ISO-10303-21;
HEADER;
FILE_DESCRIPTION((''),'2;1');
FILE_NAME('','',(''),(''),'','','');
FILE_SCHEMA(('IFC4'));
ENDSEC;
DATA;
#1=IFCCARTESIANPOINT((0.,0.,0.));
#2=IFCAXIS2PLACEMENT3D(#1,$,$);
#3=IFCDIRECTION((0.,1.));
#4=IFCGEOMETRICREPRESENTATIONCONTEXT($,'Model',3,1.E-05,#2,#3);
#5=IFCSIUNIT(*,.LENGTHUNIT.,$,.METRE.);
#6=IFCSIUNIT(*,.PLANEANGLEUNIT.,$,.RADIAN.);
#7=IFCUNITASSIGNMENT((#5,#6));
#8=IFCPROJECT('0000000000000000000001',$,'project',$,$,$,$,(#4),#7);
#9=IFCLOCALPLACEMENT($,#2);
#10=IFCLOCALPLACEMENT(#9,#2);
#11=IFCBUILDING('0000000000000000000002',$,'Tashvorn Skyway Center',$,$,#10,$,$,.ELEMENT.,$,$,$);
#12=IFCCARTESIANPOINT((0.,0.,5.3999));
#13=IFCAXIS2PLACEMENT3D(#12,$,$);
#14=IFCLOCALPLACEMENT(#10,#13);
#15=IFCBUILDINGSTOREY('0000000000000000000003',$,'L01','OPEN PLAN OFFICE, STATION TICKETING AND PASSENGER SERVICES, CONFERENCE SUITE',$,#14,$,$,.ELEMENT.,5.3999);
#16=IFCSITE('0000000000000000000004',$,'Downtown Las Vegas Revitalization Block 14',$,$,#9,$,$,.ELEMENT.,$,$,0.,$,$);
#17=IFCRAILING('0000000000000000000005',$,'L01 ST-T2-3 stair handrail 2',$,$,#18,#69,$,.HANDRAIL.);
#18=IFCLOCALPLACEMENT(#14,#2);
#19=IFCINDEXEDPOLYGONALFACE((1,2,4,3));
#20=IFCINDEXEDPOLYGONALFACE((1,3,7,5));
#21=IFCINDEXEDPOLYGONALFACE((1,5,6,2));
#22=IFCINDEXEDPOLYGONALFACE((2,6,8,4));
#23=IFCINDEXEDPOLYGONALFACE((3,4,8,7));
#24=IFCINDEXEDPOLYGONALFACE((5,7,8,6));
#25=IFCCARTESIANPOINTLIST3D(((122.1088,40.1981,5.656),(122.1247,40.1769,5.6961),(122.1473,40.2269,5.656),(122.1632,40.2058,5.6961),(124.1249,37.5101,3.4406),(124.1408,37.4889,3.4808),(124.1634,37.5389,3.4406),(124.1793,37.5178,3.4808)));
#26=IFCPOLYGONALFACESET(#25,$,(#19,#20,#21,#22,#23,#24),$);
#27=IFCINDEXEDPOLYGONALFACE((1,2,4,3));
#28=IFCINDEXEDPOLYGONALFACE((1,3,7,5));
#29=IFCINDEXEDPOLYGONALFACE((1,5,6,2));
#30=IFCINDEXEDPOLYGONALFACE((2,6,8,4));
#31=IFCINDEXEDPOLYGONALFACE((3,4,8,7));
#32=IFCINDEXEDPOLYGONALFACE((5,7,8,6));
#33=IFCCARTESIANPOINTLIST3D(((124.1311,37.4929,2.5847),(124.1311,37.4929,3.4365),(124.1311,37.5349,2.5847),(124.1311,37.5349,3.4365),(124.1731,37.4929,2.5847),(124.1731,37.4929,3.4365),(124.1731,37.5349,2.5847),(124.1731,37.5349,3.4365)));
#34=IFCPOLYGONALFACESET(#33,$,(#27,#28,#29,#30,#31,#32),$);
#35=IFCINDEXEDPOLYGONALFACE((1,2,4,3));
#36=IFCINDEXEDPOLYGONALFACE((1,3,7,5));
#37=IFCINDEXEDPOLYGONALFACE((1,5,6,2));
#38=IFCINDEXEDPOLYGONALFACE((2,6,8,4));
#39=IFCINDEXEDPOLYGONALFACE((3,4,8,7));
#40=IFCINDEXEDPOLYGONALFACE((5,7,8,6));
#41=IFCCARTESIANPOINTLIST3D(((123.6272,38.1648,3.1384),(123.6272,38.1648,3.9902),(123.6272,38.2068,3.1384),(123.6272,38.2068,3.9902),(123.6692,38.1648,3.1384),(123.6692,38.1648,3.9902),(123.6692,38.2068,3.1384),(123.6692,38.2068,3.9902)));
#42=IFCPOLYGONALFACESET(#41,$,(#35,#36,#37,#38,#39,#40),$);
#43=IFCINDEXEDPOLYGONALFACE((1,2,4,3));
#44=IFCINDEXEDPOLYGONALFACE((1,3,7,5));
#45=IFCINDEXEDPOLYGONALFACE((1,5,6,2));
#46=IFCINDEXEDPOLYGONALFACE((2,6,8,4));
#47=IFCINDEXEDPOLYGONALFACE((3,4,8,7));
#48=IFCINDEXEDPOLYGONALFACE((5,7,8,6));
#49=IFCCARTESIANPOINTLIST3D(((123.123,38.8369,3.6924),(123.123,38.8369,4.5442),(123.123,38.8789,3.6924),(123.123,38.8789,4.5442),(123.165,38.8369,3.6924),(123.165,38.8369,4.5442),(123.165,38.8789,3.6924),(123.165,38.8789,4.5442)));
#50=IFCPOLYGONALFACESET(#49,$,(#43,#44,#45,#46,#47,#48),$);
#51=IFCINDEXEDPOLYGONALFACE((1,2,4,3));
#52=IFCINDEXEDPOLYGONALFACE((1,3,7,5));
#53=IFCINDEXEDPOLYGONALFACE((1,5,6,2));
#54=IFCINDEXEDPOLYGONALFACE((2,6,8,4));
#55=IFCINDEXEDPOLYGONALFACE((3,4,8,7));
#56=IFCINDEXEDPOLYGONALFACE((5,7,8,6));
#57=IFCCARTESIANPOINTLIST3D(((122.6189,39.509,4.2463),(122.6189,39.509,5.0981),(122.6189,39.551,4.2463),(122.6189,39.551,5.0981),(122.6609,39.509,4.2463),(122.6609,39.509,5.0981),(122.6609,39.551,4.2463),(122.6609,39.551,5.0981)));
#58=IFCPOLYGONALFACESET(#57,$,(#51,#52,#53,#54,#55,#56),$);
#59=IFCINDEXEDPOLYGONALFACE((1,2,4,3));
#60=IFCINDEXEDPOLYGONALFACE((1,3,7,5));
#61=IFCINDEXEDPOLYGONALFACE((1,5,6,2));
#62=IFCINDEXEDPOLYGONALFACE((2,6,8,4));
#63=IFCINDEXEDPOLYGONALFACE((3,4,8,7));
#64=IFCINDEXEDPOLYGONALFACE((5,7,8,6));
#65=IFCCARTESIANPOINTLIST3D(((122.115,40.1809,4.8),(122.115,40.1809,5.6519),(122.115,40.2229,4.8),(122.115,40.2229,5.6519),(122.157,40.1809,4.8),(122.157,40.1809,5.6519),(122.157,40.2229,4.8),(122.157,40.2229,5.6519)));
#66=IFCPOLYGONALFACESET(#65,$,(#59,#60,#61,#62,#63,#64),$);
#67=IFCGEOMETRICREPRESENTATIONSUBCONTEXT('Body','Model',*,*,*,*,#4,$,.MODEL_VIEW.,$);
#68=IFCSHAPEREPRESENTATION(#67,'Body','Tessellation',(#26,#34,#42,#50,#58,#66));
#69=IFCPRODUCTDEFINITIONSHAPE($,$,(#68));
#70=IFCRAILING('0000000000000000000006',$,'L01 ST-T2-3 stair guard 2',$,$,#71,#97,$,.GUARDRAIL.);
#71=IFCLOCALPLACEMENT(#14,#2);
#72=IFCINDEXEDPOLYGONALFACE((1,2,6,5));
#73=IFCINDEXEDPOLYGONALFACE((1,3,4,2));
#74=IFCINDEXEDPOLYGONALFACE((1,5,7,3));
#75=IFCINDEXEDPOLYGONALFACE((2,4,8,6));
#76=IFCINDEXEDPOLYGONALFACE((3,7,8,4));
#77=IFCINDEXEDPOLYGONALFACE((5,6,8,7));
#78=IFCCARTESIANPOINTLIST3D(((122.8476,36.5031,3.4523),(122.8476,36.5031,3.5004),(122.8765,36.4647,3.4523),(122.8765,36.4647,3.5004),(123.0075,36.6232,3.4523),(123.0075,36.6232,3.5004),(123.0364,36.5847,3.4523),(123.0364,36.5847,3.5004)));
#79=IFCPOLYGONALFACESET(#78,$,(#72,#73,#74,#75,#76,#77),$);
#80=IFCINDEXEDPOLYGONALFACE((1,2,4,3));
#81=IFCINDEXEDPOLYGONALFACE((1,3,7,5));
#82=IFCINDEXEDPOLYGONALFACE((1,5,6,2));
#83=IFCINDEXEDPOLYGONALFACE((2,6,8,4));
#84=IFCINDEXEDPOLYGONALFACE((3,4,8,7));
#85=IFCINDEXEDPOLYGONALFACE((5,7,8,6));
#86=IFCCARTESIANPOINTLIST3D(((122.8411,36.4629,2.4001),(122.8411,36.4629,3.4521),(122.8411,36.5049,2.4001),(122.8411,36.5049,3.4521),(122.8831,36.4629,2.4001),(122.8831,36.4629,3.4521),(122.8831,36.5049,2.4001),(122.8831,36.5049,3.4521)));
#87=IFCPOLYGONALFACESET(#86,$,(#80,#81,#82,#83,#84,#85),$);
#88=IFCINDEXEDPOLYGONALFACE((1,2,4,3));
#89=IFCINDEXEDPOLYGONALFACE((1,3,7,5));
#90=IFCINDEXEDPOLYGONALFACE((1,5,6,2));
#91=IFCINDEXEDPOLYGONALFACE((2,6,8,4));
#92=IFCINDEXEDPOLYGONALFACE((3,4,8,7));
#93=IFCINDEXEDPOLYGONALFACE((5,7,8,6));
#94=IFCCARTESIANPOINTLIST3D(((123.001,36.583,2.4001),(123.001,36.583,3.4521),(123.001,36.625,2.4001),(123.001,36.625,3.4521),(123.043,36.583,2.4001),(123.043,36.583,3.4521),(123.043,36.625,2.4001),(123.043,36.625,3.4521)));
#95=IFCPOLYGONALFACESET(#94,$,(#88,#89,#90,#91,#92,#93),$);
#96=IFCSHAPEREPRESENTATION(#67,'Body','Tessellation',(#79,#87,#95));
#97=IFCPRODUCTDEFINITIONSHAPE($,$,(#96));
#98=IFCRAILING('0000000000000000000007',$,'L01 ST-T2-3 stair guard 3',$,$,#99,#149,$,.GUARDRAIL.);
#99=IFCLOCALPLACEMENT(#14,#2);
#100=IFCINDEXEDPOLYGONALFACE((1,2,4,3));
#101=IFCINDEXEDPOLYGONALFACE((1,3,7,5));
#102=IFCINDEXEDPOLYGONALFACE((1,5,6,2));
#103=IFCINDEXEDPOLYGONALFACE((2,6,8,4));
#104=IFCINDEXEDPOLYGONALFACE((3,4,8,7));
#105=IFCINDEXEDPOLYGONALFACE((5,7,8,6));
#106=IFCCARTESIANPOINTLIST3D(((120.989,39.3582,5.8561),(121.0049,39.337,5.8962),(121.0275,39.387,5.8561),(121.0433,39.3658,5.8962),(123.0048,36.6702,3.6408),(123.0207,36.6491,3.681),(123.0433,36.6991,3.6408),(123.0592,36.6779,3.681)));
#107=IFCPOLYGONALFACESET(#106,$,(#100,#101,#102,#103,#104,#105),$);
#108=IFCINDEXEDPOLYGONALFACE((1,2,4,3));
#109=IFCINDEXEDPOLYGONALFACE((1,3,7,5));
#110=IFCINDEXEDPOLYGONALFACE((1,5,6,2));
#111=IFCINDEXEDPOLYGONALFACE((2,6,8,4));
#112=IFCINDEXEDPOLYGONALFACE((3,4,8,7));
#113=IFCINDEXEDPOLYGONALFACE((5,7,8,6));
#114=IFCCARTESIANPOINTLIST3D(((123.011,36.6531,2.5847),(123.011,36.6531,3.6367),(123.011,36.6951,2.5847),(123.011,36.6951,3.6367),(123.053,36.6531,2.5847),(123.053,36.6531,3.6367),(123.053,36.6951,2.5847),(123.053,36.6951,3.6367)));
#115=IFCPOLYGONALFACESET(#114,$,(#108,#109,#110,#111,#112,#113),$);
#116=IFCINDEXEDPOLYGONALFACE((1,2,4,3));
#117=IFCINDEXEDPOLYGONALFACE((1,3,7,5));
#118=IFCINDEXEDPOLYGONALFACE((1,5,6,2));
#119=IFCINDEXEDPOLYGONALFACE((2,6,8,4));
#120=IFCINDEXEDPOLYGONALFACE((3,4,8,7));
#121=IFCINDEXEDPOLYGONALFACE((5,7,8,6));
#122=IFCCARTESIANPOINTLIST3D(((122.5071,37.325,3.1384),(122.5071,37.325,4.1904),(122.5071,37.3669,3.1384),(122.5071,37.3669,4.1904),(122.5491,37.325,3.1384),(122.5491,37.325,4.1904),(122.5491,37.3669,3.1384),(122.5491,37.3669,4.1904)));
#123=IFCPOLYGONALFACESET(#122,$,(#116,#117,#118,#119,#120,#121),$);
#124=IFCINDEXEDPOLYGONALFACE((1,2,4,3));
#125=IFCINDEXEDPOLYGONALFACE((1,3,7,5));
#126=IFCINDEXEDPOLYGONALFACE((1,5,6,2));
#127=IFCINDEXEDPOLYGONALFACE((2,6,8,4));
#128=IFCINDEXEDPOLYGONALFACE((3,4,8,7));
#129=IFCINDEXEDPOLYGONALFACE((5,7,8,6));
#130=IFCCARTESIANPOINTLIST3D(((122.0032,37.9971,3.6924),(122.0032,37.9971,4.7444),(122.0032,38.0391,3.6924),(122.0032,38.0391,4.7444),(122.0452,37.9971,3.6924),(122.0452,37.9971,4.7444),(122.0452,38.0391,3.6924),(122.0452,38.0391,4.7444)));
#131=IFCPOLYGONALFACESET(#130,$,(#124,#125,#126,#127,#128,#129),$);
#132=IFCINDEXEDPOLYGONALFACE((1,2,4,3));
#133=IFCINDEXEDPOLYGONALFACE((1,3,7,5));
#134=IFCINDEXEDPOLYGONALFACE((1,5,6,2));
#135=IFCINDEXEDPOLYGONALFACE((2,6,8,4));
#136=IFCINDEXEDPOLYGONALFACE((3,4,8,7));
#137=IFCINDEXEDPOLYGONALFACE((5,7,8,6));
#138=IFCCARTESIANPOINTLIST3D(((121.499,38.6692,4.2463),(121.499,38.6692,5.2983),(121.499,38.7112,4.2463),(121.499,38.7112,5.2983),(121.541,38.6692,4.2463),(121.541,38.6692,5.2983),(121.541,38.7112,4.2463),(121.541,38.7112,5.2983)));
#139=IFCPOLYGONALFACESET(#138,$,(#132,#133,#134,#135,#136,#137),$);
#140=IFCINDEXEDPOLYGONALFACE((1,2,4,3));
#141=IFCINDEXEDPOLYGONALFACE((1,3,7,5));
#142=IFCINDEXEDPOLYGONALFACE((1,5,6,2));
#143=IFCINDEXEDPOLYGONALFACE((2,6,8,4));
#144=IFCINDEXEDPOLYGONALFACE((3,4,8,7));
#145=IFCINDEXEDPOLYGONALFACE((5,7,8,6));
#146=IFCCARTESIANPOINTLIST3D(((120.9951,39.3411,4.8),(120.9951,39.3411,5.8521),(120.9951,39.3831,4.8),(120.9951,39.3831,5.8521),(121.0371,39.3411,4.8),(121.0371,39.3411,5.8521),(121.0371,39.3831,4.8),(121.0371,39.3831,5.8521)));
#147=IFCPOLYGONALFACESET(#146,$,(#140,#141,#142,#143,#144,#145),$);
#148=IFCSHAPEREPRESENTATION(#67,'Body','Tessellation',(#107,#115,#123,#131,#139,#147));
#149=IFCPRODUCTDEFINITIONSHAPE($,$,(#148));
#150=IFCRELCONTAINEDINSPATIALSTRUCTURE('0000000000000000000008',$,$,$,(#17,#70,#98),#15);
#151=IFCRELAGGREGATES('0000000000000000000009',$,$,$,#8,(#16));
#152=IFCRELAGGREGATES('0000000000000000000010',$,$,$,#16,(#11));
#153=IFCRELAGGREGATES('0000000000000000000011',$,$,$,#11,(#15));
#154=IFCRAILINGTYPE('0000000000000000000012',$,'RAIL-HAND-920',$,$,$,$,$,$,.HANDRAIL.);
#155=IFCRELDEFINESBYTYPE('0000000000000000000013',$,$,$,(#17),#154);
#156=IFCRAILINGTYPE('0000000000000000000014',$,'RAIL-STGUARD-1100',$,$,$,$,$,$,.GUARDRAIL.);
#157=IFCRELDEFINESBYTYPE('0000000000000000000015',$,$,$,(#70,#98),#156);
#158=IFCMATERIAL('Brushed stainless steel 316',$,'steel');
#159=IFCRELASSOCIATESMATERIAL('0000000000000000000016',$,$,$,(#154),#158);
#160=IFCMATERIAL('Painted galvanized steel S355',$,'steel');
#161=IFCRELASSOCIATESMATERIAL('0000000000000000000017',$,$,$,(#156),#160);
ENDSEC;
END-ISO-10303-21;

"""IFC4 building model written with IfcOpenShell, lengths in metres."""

from ifc_helpers import new_model, si_unit, direction, frame, origin, origin_2d, place, context, subcontext, project, spatial, rectangle, extrude, material, type_object, element, save


model = new_model("IFC4")

# Units and contexts
model_context = context("Model", 3, precision=1e-05, world=origin(), true_north=direction((0.0, 1.0)))
body_context = subcontext(model_context, "Body", "Model", "MODEL_VIEW")
ifc_project = project(units=[si_unit("LENGTHUNIT", "METRE"), si_unit("PLANEANGLEUNIT", "RADIAN")], contexts=[model_context])

# Site, building, storey
site_placement = place(None, origin())
site = spatial("IfcSite", under=ifc_project, at=site_placement, Name="Downtown Las Vegas Revitalization Block 14", CompositionType="ELEMENT", RefElevation=0.0)
building_placement = place(site_placement, origin())
building = spatial("IfcBuilding", under=site, at=building_placement, Name="Tashvorn Skyway Center", CompositionType="ELEMENT")
storey_placement = place(building_placement, frame((0.0, 0.0, 5.3999)))
storey = spatial("IfcBuildingStorey", under=building, at=storey_placement, Name="L01", Description="OPEN PLAN OFFICE, STATION TICKETING AND PASSENGER SERVICES, CONFERENCE SUITE", CompositionType="ELEMENT", Elevation=5.3999)

# Railings
ifc_material_1 = material(Name="Brushed stainless steel 316", Category="steel")
railing_type_1 = type_object("IfcRailingType", Name="RAIL-HAND-920", PredefinedType="HANDRAIL", material=ifc_material_1)
railing_1_placement = place(storey_placement, frame((124.1521, 37.5139, 2.5847)))
element("IfcRailing", 1, at=railing_1_placement, inside=storey, type_object=railing_type_1, Name="L01 ST-T2-3 stair handrail 2", PredefinedType="HANDRAIL", context=body_context, shape_type="SweptSolid", body=[
    extrude(rectangle(XDim=0.0481, YDim=0.0481, at=origin_2d()), frame((0.0, 0.0, 0.876), z_axis=(-0.500943, 0.667884, 0.550443), x_axis=(-0.799983, -0.600023, 0.0)), (0.0, 0.0, 1.0), 4.0247),
    extrude(rectangle(XDim=0.042, YDim=0.042, at=origin_2d()), origin(), (0.0, 0.0, 1.0), 0.8518),
    extrude(rectangle(XDim=0.042, YDim=0.042, at=origin_2d()), frame((-0.5039, 0.6719, 0.5537)), (0.0, 0.0, 1.0), 0.8518),
    extrude(rectangle(XDim=0.042, YDim=0.042, at=origin_2d()), frame((-1.0081, 1.344, 1.1077)), (0.0, 0.0, 1.0), 0.8518),
    extrude(rectangle(XDim=0.042, YDim=0.042, at=origin_2d()), frame((-1.5122, 2.0161, 1.6616)), (0.0, 0.0, 1.0), 0.8518),
    extrude(rectangle(XDim=0.042, YDim=0.042, at=origin_2d()), frame((-2.0161, 2.688, 2.2153)), (0.0, 0.0, 1.0), 0.8518),
])
ifc_material_2 = material(Name="Painted galvanized steel S355", Category="steel")
railing_type_2 = type_object("IfcRailingType", Name="RAIL-STGUARD-1100", PredefinedType="GUARDRAIL", material=ifc_material_2)
railing_2_placement = place(storey_placement, frame((122.8621, 36.4839, 2.4001)))
element("IfcRailing", 2, at=railing_2_placement, inside=storey, type_object=railing_type_2, Name="L01 ST-T2-3 stair guard 2", PredefinedType="GUARDRAIL", context=body_context, shape_type="SweptSolid", body=[
    extrude(rectangle(XDim=0.0481, YDim=0.0481, at=origin_2d()), frame((0.0, 0.0, 1.0762), z_axis=(0.79956, 0.600586, 0.0), x_axis=(-0.600586, 0.79956, 0.0)), (0.0, 0.0, 1.0), 0.2),
    extrude(rectangle(XDim=0.042, YDim=0.042, at=origin_2d()), origin(), (0.0, 0.0, 1.0), 1.052),
    extrude(rectangle(XDim=0.042, YDim=0.042, at=origin_2d()), frame((0.1599, 0.1201, 0.0)), (0.0, 0.0, 1.0), 1.052),
])
railing_3_placement = place(storey_placement, frame((123.032, 36.6741, 2.5847)))
element("IfcRailing", 3, at=railing_3_placement, inside=storey, type_object=railing_type_2, Name="L01 ST-T2-3 stair guard 3", PredefinedType="GUARDRAIL", context=body_context, shape_type="SweptSolid", body=[
    extrude(rectangle(XDim=0.0481, YDim=0.0481, at=origin_2d()), frame((0.0, 0.0, 1.0762), z_axis=(-0.500898, 0.667904, 0.55046), x_axis=(-0.800017, -0.599977, 0.0)), (0.0, 0.0, 1.0), 4.0244),
    extrude(rectangle(XDim=0.042, YDim=0.042, at=origin_2d()), origin(), (0.0, 0.0, 1.0), 1.052),
    extrude(rectangle(XDim=0.042, YDim=0.042, at=origin_2d()), frame((-0.5039, 0.6719, 0.5537)), (0.0, 0.0, 1.0), 1.052),
    extrude(rectangle(XDim=0.042, YDim=0.042, at=origin_2d()), frame((-1.0078, 1.344, 1.1077)), (0.0, 0.0, 1.0), 1.052),
    extrude(rectangle(XDim=0.042, YDim=0.042, at=origin_2d()), frame((-1.512, 2.0161, 1.6616)), (0.0, 0.0, 1.0), 1.052),
    extrude(rectangle(XDim=0.042, YDim=0.042, at=origin_2d()), frame((-2.0159, 2.688, 2.2153)), (0.0, 0.0, 1.0), 1.052),
])

save(model, "model.ifc")
